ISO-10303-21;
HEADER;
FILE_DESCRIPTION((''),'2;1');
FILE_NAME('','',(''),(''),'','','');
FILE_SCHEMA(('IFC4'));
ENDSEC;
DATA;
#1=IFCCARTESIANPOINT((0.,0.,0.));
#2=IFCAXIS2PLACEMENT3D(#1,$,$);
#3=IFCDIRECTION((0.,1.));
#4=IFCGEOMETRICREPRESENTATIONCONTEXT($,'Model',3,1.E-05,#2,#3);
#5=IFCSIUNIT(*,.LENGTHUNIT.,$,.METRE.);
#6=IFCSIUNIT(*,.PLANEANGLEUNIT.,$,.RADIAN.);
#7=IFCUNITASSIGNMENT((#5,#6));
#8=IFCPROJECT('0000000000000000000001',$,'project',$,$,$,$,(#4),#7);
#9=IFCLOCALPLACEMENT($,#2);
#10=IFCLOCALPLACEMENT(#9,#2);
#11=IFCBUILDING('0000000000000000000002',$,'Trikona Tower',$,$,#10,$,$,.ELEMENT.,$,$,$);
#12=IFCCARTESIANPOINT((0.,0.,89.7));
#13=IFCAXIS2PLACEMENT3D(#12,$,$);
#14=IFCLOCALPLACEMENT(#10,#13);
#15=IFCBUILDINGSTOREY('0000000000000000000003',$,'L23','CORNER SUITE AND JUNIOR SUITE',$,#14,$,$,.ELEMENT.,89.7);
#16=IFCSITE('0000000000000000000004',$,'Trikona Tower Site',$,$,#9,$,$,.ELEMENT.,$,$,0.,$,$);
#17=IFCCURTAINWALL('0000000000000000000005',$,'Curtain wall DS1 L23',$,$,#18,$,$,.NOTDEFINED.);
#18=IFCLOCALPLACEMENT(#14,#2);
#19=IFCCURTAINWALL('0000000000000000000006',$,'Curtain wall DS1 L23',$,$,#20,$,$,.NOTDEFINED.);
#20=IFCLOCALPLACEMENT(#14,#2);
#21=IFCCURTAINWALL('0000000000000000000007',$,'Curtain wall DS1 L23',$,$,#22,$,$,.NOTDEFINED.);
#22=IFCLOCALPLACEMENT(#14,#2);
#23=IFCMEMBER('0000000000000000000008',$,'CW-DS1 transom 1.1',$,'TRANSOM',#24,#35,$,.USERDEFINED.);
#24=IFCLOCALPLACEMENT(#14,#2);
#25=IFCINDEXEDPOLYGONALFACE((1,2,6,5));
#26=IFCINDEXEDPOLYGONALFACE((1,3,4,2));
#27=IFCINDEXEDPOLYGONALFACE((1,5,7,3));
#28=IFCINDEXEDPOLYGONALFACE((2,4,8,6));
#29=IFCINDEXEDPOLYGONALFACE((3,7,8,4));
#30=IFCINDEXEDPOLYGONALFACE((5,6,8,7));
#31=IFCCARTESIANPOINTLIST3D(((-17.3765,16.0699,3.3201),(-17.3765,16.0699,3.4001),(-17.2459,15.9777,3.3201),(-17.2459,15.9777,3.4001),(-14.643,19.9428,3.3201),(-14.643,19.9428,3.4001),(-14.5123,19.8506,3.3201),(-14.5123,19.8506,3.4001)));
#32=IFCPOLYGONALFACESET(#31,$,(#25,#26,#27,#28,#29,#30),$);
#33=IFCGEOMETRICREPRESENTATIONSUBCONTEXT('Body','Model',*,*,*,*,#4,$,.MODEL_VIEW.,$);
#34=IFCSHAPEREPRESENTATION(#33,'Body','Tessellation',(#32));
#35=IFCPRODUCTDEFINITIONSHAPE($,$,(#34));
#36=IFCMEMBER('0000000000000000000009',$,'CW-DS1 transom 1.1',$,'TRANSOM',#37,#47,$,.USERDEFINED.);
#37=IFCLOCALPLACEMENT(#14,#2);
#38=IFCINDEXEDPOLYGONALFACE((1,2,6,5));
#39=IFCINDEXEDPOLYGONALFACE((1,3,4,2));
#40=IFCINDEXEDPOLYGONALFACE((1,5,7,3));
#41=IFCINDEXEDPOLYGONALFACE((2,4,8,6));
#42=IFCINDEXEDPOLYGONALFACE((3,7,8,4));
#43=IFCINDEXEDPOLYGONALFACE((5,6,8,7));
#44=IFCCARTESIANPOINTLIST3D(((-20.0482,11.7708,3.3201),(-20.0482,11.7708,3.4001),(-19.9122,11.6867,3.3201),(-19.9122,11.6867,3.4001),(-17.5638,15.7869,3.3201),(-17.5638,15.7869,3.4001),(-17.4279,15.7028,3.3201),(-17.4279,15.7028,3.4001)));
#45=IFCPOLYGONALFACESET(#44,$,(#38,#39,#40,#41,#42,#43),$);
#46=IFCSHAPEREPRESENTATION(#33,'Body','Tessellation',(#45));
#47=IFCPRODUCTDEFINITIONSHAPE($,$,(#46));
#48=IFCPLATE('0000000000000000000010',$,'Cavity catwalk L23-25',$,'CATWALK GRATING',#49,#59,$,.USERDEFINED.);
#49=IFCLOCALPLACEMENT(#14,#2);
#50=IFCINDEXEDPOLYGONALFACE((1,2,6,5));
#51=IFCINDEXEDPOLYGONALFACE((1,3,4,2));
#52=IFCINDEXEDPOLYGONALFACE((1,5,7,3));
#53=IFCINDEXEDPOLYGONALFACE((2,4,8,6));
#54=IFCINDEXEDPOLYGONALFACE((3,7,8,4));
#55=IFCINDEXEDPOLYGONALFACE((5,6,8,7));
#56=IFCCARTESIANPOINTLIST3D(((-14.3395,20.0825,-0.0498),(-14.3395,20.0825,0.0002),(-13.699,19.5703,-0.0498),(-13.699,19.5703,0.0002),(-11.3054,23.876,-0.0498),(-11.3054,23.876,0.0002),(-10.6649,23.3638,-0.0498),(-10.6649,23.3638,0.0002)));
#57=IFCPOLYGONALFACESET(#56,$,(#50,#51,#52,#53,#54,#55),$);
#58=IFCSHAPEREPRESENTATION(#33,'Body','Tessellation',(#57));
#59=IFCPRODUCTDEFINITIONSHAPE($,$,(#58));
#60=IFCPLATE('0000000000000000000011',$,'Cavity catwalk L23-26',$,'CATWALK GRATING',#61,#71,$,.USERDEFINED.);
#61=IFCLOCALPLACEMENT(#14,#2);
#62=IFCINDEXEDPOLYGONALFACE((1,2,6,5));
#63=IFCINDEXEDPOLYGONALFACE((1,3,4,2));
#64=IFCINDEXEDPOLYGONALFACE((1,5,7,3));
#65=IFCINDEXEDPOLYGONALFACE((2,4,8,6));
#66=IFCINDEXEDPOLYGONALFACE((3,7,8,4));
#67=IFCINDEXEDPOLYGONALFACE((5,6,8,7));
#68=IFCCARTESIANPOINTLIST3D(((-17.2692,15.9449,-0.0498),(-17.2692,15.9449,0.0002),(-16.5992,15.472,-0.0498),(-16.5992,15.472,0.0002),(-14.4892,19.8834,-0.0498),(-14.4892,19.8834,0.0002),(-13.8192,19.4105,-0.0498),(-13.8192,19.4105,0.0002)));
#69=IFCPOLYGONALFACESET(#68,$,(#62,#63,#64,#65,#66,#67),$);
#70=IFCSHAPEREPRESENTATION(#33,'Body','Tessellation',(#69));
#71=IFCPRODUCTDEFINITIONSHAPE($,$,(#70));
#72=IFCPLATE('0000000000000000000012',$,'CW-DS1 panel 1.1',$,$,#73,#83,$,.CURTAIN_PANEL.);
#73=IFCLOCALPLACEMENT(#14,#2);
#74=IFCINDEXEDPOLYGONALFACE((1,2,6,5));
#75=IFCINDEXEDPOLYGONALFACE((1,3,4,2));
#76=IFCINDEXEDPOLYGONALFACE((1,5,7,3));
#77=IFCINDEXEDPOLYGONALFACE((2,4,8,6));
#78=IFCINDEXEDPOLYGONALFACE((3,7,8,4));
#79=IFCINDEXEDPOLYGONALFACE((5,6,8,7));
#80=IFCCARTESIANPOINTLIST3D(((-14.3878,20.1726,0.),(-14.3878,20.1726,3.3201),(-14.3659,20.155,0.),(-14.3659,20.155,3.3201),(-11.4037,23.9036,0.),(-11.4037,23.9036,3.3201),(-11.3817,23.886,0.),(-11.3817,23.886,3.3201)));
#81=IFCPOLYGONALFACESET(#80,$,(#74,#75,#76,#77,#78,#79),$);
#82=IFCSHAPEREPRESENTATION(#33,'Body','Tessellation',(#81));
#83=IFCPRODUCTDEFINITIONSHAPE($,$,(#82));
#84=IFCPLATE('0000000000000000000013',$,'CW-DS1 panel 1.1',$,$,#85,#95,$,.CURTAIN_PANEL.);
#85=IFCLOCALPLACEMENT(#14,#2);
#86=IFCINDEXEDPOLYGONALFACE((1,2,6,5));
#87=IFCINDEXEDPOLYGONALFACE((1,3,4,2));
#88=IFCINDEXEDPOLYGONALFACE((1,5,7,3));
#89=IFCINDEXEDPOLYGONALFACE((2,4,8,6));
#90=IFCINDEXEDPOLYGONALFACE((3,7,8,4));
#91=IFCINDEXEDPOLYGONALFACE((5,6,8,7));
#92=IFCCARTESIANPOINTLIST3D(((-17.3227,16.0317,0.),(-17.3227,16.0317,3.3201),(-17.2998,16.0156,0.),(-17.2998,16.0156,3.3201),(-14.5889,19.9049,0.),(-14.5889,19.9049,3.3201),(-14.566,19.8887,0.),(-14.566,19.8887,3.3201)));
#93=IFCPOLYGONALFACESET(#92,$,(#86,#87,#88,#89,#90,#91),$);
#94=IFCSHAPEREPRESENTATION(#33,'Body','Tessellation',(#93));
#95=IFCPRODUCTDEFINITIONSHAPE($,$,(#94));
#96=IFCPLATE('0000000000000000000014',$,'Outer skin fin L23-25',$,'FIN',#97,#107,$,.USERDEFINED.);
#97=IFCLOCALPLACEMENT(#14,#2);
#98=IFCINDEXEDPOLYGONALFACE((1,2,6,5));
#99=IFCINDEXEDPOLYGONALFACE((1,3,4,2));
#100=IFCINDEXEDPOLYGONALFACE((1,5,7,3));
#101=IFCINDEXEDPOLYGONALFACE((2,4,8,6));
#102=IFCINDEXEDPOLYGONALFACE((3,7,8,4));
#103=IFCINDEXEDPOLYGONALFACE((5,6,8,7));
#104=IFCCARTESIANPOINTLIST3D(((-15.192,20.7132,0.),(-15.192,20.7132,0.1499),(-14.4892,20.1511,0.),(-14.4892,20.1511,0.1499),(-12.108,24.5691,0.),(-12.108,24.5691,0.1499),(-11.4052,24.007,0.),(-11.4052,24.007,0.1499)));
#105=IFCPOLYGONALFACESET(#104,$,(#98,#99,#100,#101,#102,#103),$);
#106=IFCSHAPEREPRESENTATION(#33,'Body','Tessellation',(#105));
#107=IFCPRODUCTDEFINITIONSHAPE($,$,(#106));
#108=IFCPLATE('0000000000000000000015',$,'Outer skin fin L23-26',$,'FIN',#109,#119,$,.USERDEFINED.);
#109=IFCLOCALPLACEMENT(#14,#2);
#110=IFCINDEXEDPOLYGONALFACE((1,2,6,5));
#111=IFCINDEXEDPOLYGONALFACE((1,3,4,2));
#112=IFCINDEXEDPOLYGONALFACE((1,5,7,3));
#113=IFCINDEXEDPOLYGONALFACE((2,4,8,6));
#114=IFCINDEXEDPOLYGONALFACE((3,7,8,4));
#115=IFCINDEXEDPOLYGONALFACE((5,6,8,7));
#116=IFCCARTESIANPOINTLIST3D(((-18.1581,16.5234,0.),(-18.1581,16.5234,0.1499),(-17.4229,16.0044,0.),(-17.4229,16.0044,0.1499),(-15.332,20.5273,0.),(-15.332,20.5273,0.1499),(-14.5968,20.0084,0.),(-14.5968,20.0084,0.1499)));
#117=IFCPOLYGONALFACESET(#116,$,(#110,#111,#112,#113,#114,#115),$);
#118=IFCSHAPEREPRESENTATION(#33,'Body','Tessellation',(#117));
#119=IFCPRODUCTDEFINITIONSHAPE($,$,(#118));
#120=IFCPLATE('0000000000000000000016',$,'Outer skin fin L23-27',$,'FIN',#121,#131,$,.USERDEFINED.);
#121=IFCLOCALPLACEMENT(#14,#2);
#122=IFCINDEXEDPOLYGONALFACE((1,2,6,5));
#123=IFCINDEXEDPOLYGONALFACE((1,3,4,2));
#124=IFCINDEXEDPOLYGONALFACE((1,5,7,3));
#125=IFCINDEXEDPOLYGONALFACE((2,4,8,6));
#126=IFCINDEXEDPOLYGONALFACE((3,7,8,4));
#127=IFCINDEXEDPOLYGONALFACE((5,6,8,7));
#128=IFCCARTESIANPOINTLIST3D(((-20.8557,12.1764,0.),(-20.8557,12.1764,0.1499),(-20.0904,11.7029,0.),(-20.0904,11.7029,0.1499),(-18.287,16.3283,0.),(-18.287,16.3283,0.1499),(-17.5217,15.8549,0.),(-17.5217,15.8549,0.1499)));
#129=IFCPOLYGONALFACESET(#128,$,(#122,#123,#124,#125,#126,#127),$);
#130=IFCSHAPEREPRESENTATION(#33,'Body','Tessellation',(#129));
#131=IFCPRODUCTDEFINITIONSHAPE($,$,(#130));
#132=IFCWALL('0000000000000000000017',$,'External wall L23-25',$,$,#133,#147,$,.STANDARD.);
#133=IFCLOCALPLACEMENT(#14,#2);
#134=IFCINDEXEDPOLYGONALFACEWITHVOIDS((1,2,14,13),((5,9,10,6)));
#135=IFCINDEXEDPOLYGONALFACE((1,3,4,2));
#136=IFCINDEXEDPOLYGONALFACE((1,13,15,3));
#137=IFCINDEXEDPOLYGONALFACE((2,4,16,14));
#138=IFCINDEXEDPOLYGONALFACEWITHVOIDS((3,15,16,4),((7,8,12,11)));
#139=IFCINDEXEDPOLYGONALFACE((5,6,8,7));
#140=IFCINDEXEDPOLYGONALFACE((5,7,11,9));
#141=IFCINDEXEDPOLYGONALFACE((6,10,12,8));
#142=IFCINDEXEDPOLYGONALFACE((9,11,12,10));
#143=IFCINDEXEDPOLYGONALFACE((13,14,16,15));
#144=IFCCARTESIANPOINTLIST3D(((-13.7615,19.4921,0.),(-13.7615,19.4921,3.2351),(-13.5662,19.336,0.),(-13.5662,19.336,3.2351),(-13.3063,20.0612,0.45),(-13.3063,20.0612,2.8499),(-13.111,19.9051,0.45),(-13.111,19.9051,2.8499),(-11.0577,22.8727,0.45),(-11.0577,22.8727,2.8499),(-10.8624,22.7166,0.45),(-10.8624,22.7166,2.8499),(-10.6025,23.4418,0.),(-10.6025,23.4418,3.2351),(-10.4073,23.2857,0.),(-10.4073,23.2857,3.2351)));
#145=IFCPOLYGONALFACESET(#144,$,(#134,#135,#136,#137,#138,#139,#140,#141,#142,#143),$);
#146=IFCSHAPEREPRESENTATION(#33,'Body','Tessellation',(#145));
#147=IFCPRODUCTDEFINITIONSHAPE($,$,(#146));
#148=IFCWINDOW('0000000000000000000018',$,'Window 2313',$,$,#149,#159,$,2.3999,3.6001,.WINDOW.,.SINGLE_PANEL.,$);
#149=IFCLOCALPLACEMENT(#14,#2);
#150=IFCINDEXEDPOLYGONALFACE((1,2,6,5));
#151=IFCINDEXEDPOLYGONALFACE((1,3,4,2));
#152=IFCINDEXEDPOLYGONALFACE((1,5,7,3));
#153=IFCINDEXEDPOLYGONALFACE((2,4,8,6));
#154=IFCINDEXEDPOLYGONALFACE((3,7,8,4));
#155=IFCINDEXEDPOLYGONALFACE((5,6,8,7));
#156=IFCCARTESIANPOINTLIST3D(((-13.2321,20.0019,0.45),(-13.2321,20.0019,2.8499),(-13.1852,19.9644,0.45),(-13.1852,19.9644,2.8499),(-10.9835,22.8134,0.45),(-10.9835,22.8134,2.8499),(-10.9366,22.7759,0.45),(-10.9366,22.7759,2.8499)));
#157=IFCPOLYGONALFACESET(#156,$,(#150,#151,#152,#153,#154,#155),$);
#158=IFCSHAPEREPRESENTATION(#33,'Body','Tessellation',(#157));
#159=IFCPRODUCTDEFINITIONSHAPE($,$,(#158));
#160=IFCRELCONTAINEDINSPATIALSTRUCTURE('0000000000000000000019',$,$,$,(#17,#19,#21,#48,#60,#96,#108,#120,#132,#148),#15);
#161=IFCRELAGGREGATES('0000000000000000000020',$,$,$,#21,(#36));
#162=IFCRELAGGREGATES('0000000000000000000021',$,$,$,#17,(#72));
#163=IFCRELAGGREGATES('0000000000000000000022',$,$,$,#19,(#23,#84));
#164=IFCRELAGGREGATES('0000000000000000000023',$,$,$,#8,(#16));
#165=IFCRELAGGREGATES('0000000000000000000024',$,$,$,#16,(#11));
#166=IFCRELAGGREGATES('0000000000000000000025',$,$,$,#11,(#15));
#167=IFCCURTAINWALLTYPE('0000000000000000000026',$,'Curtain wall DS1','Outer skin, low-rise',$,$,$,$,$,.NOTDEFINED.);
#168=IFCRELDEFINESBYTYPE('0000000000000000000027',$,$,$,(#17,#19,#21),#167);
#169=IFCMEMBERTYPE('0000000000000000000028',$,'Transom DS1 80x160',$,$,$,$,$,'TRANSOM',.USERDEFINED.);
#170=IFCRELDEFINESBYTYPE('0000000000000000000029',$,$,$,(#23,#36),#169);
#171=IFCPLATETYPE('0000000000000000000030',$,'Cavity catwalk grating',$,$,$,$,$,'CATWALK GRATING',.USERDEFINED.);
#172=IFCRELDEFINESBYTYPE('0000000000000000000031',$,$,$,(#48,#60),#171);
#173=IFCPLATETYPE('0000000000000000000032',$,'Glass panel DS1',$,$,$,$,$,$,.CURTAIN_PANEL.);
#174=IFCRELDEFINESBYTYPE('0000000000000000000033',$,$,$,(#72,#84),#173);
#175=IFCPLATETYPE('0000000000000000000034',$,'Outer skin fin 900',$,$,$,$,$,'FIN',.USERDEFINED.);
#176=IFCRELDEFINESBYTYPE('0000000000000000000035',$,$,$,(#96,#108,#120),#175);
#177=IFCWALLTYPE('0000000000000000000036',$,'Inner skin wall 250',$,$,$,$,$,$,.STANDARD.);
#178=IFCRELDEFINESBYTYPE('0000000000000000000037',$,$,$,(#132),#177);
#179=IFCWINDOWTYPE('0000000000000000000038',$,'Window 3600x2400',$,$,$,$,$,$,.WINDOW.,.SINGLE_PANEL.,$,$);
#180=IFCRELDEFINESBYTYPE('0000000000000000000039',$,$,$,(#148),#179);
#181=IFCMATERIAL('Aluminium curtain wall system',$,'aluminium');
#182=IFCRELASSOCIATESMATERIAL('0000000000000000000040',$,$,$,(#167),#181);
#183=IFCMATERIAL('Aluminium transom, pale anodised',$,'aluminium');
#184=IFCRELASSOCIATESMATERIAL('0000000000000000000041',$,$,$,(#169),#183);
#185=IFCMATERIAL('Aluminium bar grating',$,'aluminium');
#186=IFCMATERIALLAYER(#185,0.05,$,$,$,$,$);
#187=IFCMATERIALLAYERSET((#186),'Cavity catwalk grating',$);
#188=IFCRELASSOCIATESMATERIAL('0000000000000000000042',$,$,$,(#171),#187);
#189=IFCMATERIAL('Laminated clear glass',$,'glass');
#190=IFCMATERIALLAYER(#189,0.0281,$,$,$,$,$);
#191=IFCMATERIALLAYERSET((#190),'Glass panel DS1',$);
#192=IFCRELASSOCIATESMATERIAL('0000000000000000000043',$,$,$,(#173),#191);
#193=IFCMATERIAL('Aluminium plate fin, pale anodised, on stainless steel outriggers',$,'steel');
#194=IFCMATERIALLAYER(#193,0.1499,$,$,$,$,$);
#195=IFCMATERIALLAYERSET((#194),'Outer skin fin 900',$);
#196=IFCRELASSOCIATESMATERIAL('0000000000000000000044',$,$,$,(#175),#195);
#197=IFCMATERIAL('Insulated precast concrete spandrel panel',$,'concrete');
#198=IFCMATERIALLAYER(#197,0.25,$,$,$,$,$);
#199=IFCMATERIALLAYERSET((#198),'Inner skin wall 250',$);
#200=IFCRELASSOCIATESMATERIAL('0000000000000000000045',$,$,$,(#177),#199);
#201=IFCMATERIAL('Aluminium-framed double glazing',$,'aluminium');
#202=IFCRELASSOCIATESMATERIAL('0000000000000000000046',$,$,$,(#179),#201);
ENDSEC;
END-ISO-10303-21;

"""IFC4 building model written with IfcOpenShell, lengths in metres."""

from ifc_helpers import new_model, si_unit, direction, frame, frame_2d, origin, origin_2d, place, context, subcontext, project, spatial, rectangle, extrude, material, layer, layer_set, material_profile, profile_set, type_object, element, fill, aggregate, save


model = new_model("IFC4")

# Units and contexts
model_context = context("Model", 3, precision=1e-05, world=origin(), true_north=direction((0.0, 1.0)))
body_context = subcontext(model_context, "Body", "Model", "MODEL_VIEW")
ifc_project = project(units=[si_unit("LENGTHUNIT", "METRE"), si_unit("PLANEANGLEUNIT", "RADIAN")], contexts=[model_context])

# Site, building, storey
site_placement = place(None, origin())
site = spatial("IfcSite", under=ifc_project, at=site_placement, Name="Trikona Tower Site", CompositionType="ELEMENT", RefElevation=0.0)
building_placement = place(site_placement, origin())
building = spatial("IfcBuilding", under=site, at=building_placement, Name="Trikona Tower", CompositionType="ELEMENT")
storey_placement = place(building_placement, frame((0.0, 0.0, 89.7)))
storey = spatial("IfcBuildingStorey", under=building, at=storey_placement, Name="L23", Description="CORNER SUITE AND JUNIOR SUITE", CompositionType="ELEMENT", Elevation=89.7)

# Shared definitions
ifc_material_1 = material(Name="Aluminium curtain wall system", Category="aluminium")
curtain_wall_type = type_object("IfcCurtainWallType", Name="Curtain wall DS1", Description="Outer skin, low-rise", PredefinedType="NOTDEFINED", material=ifc_material_1)

# Curtain walls
curtain_wall_1_placement = place(storey_placement, origin())
curtain_wall_1 = element("IfcCurtainWall", 1, at=curtain_wall_1_placement, inside=storey, type_object=curtain_wall_type, Name="Curtain wall DS1 L23", PredefinedType="NOTDEFINED")
curtain_wall_2_placement = place(storey_placement, origin())
curtain_wall_2 = element("IfcCurtainWall", 2, at=curtain_wall_2_placement, inside=storey, type_object=curtain_wall_type, Name="Curtain wall DS1 L23", PredefinedType="NOTDEFINED")

# Curtain wall
curtain_wall_3_placement = place(storey_placement, origin())
curtain_wall_3 = element("IfcCurtainWall", 3, at=curtain_wall_3_placement, inside=storey, type_object=curtain_wall_type, Name="Curtain wall DS1 L23", PredefinedType="NOTDEFINED")

# Members
ifc_material_2 = material(Name="Aluminium transom, pale anodised", Category="aluminium")
ifc_material_profile_1 = material_profile(ifc_material_2, rectangle(XDim=0.1599, YDim=0.0801, at=origin_2d()), Name="TRN-DS1")
ifc_profile_set_1 = profile_set([ifc_material_profile_1], Name="Aluminium transom, pale anodised")
member_type_1 = type_object("IfcMemberType", Name="Transom DS1 80x160", ElementType="TRANSOM", PredefinedType="USERDEFINED", material=ifc_profile_set_1)
member_1_placement = place(storey_placement, frame((-14.5776, 19.8967, 3.3601), z_axis=(-0.576645, -0.816995, 0.0), x_axis=(0.816995, -0.576645, 0.0)))
member_1 = element("IfcMember", 4, at=member_1_placement, type_object=member_type_1, Name="CW-DS1 transom 1.1", ObjectType="TRANSOM", PredefinedType="USERDEFINED", context=body_context, shape_type="SweptSolid", body=[
    extrude(rectangle(XDim=0.1599, YDim=0.0801, at=origin_2d()), origin(), (0.0, 0.0, 1.0), 4.7405),
])
member_2_placement = place(storey_placement, frame((-17.4958, 15.7449, 3.3601), z_axis=(-0.526081, -0.850435, 0.0), x_axis=(0.850435, -0.526081, 0.0)))
member_2 = element("IfcMember", 5, at=member_2_placement, type_object=member_type_1, Name="CW-DS1 transom 1.1", ObjectType="TRANSOM", PredefinedType="USERDEFINED", context=body_context, shape_type="SweptSolid", body=[
    extrude(rectangle(XDim=0.1599, YDim=0.0801, at=origin_2d()), origin(), (0.0, 0.0, 1.0), 4.7224),
])
aggregate(curtain_wall_3, [member_2])

# Plates
ifc_material_3 = material(Name="Aluminium bar grating", Category="aluminium")
ifc_layer_1 = layer(ifc_material_3, 0.05)
ifc_layer_set_1 = layer_set([ifc_layer_1], Name="Cavity catwalk grating")
plate_type_1 = type_object("IfcPlateType", Name="Cavity catwalk grating", ElementType="CATWALK GRATING", PredefinedType="USERDEFINED", material=ifc_layer_set_1)
plate_1_placement = place(storey_placement, frame((-12.5022, 21.7231, -0.0498), z_axis=(0.0, 0.0, 1.0), x_axis=(-0.624604, -0.780942, 0.0)))
element("IfcPlate", 6, at=plate_1_placement, inside=storey, type_object=plate_type_1, Name="Cavity catwalk L23-25", ObjectType="CATWALK GRATING", PredefinedType="USERDEFINED", context=body_context, shape_type="SweptSolid", body=[
    extrude(rectangle(XDim=4.8577, YDim=0.8201, at=origin_2d()), origin(), (0.0, 0.0, 1.0), 0.05),
])
plate_2_placement = place(storey_placement, frame((-15.5442, 17.6777, -0.0498), z_axis=(0.0, 0.0, 1.0), x_axis=(-0.576662, -0.816983, 0.0)))
element("IfcPlate", 7, at=plate_2_placement, inside=storey, type_object=plate_type_1, Name="Cavity catwalk L23-26", ObjectType="CATWALK GRATING", PredefinedType="USERDEFINED", context=body_context, shape_type="SweptSolid", body=[
    extrude(rectangle(XDim=4.8208, YDim=0.8201, at=origin_2d()), origin(), (0.0, 0.0, 1.0), 0.05),
])

# Plates
ifc_material_4 = material(Name="Laminated clear glass", Category="glass")
ifc_layer_2 = layer(ifc_material_4, 0.0281)
ifc_layer_set_2 = layer_set([ifc_layer_2], Name="Glass panel DS1")
plate_type_2 = type_object("IfcPlateType", Name="Glass panel DS1", PredefinedType="CURTAIN_PANEL", material=ifc_layer_set_2)
plate_3_placement = place(storey_placement, frame((-12.8848, 22.0293, 0.0), z_axis=(0.0, 0.0, 1.0), x_axis=(-0.624609, -0.780938, 0.0)))
plate_3 = element("IfcPlate", 8, at=plate_3_placement, type_object=plate_type_2, Name="CW-DS1 panel 1.1", PredefinedType="CURTAIN_PANEL", context=body_context, shape_type="SweptSolid", body=[
    extrude(rectangle(XDim=4.7776, YDim=0.0281, at=origin_2d()), origin(), (0.0, 0.0, 1.0), 3.3201),
])
aggregate(curtain_wall_1, [plate_3])
plate_4_placement = place(storey_placement, frame((-15.9443, 17.9602, 0.0), z_axis=(0.0, 0.0, 1.0), x_axis=(-0.576658, -0.816985, 0.0)))
plate_4 = element("IfcPlate", 9, at=plate_4_placement, type_object=plate_type_2, Name="CW-DS1 panel 1.1", PredefinedType="CURTAIN_PANEL", context=body_context, shape_type="SweptSolid", body=[
    extrude(rectangle(XDim=4.7407, YDim=0.0281, at=origin_2d()), origin(), (0.0, 0.0, 1.0), 3.3201),
])
aggregate(curtain_wall_2, [member_1, plate_4])

# Plates
ifc_material_5 = material(Name="Aluminium plate fin, pale anodised, on stainless steel outriggers", Category="steel")
ifc_layer_3 = layer(ifc_material_5, 0.1499)
ifc_layer_set_3 = layer_set([ifc_layer_3], Name="Outer skin fin 900")
plate_type_3 = type_object("IfcPlateType", Name="Outer skin fin 900", ElementType="FIN", PredefinedType="USERDEFINED", material=ifc_layer_set_3)
plate_5_placement = place(storey_placement, frame((-13.2986, 22.3601, 0.0), z_axis=(0.0, 0.0, 1.0), x_axis=(-0.624604, -0.780942, 0.0)))
element("IfcPlate", 10, at=plate_5_placement, inside=storey, type_object=plate_type_3, Name="Outer skin fin L23-25", ObjectType="FIN", PredefinedType="USERDEFINED", context=body_context, shape_type="SweptSolid", body=[
    extrude(rectangle(XDim=4.9375, YDim=0.8999, at=origin_2d()), origin(), (0.0, 0.0, 1.0), 0.1499),
])
plate_6_placement = place(storey_placement, frame((-16.3774, 18.2659, 0.0), z_axis=(0.0, 0.0, 1.0), x_axis=(-0.576662, -0.816983, 0.0)))
element("IfcPlate", 11, at=plate_6_placement, inside=storey, type_object=plate_type_3, Name="Outer skin fin L23-26", ObjectType="FIN", PredefinedType="USERDEFINED", context=body_context, shape_type="SweptSolid", body=[
    extrude(rectangle(XDim=4.9009, YDim=0.8999, at=origin_2d()), origin(), (0.0, 0.0, 1.0), 0.1499),
])
plate_7_placement = place(storey_placement, frame((-19.1887, 14.0156, 0.0), z_axis=(0.0, 0.0, 1.0), x_axis=(-0.526119, -0.850411, 0.0)))
element("IfcPlate", 12, at=plate_7_placement, inside=storey, type_object=plate_type_3, Name="Outer skin fin L23-27", ObjectType="FIN", PredefinedType="USERDEFINED", context=body_context, shape_type="SweptSolid", body=[
    extrude(rectangle(XDim=4.8823, YDim=0.8999, at=origin_2d()), origin(), (0.0, 0.0, 1.0), 0.1499),
])

# Wall, opening, window
ifc_material_6 = material(Name="Insulated precast concrete spandrel panel", Category="concrete")
ifc_layer_4 = layer(ifc_material_6, 0.25)
ifc_layer_set_4 = layer_set([ifc_layer_4], Name="Inner skin wall 250")
wall_type = type_object("IfcWallType", Name="Inner skin wall 250", PredefinedType="STANDARD", material=ifc_layer_set_4)
wall_1_placement = place(storey_placement, frame((-10.5049, 23.3638, 0.0), z_axis=(0.0, 0.0, 1.0), x_axis=(-0.624595, -0.780949, 0.0)))
wall_1 = element("IfcWall", 13, at=wall_1_placement, inside=storey, type_object=wall_type, Name="External wall L23-25", PredefinedType="STANDARD", context=body_context, shape_type="SweptSolid", body=[
    extrude(rectangle(XDim=5.0576, YDim=0.25, at=frame_2d((2.5288, 0.0))), origin(), (0.0, 0.0, 1.0), 3.2351),
])
opening_1_placement = place(wall_1_placement, frame((0.7288, 0.0, 0.45)))
opening_1 = element("IfcOpeningElement", 14, at=opening_1_placement, cuts=wall_1, PredefinedType="OPENING", context=body_context, shape_type="SweptSolid", body=[
    extrude(rectangle(XDim=3.6001, YDim=2.3999, at=frame_2d((1.8, 1.2))), frame((0.0, 0.135, 0.0), z_axis=(0.0, -1.0, 0.0), x_axis=(1.0, 0.0, 0.0)), (0.0, 0.0, 1.0), 0.27),
])
ifc_material_7 = material(Name="Aluminium-framed double glazing", Category="aluminium")
window_type = type_object("IfcWindowType", Name="Window 3600x2400", PartitioningType="SINGLE_PANEL", PredefinedType="WINDOW", material=ifc_material_7)
window_1_placement = place(opening_1_placement, origin())
window_1 = element("IfcWindow", 15, at=window_1_placement, inside=storey, type_object=window_type, Name="Window 2313", OverallHeight=2.3999, OverallWidth=3.6001, PartitioningType="SINGLE_PANEL", PredefinedType="WINDOW", context=body_context, shape_type="SweptSolid", body=[
    extrude(rectangle(XDim=3.6001, YDim=2.3999, at=frame_2d((1.8, 1.2))), frame((0.0, 0.03, 0.0), z_axis=(0.0, -1.0, 0.0), x_axis=(1.0, 0.0, 0.0)), (0.0, 0.0, 1.0), 0.0601),
])
fill(opening_1, window_1)

save(model, "model.ifc")
